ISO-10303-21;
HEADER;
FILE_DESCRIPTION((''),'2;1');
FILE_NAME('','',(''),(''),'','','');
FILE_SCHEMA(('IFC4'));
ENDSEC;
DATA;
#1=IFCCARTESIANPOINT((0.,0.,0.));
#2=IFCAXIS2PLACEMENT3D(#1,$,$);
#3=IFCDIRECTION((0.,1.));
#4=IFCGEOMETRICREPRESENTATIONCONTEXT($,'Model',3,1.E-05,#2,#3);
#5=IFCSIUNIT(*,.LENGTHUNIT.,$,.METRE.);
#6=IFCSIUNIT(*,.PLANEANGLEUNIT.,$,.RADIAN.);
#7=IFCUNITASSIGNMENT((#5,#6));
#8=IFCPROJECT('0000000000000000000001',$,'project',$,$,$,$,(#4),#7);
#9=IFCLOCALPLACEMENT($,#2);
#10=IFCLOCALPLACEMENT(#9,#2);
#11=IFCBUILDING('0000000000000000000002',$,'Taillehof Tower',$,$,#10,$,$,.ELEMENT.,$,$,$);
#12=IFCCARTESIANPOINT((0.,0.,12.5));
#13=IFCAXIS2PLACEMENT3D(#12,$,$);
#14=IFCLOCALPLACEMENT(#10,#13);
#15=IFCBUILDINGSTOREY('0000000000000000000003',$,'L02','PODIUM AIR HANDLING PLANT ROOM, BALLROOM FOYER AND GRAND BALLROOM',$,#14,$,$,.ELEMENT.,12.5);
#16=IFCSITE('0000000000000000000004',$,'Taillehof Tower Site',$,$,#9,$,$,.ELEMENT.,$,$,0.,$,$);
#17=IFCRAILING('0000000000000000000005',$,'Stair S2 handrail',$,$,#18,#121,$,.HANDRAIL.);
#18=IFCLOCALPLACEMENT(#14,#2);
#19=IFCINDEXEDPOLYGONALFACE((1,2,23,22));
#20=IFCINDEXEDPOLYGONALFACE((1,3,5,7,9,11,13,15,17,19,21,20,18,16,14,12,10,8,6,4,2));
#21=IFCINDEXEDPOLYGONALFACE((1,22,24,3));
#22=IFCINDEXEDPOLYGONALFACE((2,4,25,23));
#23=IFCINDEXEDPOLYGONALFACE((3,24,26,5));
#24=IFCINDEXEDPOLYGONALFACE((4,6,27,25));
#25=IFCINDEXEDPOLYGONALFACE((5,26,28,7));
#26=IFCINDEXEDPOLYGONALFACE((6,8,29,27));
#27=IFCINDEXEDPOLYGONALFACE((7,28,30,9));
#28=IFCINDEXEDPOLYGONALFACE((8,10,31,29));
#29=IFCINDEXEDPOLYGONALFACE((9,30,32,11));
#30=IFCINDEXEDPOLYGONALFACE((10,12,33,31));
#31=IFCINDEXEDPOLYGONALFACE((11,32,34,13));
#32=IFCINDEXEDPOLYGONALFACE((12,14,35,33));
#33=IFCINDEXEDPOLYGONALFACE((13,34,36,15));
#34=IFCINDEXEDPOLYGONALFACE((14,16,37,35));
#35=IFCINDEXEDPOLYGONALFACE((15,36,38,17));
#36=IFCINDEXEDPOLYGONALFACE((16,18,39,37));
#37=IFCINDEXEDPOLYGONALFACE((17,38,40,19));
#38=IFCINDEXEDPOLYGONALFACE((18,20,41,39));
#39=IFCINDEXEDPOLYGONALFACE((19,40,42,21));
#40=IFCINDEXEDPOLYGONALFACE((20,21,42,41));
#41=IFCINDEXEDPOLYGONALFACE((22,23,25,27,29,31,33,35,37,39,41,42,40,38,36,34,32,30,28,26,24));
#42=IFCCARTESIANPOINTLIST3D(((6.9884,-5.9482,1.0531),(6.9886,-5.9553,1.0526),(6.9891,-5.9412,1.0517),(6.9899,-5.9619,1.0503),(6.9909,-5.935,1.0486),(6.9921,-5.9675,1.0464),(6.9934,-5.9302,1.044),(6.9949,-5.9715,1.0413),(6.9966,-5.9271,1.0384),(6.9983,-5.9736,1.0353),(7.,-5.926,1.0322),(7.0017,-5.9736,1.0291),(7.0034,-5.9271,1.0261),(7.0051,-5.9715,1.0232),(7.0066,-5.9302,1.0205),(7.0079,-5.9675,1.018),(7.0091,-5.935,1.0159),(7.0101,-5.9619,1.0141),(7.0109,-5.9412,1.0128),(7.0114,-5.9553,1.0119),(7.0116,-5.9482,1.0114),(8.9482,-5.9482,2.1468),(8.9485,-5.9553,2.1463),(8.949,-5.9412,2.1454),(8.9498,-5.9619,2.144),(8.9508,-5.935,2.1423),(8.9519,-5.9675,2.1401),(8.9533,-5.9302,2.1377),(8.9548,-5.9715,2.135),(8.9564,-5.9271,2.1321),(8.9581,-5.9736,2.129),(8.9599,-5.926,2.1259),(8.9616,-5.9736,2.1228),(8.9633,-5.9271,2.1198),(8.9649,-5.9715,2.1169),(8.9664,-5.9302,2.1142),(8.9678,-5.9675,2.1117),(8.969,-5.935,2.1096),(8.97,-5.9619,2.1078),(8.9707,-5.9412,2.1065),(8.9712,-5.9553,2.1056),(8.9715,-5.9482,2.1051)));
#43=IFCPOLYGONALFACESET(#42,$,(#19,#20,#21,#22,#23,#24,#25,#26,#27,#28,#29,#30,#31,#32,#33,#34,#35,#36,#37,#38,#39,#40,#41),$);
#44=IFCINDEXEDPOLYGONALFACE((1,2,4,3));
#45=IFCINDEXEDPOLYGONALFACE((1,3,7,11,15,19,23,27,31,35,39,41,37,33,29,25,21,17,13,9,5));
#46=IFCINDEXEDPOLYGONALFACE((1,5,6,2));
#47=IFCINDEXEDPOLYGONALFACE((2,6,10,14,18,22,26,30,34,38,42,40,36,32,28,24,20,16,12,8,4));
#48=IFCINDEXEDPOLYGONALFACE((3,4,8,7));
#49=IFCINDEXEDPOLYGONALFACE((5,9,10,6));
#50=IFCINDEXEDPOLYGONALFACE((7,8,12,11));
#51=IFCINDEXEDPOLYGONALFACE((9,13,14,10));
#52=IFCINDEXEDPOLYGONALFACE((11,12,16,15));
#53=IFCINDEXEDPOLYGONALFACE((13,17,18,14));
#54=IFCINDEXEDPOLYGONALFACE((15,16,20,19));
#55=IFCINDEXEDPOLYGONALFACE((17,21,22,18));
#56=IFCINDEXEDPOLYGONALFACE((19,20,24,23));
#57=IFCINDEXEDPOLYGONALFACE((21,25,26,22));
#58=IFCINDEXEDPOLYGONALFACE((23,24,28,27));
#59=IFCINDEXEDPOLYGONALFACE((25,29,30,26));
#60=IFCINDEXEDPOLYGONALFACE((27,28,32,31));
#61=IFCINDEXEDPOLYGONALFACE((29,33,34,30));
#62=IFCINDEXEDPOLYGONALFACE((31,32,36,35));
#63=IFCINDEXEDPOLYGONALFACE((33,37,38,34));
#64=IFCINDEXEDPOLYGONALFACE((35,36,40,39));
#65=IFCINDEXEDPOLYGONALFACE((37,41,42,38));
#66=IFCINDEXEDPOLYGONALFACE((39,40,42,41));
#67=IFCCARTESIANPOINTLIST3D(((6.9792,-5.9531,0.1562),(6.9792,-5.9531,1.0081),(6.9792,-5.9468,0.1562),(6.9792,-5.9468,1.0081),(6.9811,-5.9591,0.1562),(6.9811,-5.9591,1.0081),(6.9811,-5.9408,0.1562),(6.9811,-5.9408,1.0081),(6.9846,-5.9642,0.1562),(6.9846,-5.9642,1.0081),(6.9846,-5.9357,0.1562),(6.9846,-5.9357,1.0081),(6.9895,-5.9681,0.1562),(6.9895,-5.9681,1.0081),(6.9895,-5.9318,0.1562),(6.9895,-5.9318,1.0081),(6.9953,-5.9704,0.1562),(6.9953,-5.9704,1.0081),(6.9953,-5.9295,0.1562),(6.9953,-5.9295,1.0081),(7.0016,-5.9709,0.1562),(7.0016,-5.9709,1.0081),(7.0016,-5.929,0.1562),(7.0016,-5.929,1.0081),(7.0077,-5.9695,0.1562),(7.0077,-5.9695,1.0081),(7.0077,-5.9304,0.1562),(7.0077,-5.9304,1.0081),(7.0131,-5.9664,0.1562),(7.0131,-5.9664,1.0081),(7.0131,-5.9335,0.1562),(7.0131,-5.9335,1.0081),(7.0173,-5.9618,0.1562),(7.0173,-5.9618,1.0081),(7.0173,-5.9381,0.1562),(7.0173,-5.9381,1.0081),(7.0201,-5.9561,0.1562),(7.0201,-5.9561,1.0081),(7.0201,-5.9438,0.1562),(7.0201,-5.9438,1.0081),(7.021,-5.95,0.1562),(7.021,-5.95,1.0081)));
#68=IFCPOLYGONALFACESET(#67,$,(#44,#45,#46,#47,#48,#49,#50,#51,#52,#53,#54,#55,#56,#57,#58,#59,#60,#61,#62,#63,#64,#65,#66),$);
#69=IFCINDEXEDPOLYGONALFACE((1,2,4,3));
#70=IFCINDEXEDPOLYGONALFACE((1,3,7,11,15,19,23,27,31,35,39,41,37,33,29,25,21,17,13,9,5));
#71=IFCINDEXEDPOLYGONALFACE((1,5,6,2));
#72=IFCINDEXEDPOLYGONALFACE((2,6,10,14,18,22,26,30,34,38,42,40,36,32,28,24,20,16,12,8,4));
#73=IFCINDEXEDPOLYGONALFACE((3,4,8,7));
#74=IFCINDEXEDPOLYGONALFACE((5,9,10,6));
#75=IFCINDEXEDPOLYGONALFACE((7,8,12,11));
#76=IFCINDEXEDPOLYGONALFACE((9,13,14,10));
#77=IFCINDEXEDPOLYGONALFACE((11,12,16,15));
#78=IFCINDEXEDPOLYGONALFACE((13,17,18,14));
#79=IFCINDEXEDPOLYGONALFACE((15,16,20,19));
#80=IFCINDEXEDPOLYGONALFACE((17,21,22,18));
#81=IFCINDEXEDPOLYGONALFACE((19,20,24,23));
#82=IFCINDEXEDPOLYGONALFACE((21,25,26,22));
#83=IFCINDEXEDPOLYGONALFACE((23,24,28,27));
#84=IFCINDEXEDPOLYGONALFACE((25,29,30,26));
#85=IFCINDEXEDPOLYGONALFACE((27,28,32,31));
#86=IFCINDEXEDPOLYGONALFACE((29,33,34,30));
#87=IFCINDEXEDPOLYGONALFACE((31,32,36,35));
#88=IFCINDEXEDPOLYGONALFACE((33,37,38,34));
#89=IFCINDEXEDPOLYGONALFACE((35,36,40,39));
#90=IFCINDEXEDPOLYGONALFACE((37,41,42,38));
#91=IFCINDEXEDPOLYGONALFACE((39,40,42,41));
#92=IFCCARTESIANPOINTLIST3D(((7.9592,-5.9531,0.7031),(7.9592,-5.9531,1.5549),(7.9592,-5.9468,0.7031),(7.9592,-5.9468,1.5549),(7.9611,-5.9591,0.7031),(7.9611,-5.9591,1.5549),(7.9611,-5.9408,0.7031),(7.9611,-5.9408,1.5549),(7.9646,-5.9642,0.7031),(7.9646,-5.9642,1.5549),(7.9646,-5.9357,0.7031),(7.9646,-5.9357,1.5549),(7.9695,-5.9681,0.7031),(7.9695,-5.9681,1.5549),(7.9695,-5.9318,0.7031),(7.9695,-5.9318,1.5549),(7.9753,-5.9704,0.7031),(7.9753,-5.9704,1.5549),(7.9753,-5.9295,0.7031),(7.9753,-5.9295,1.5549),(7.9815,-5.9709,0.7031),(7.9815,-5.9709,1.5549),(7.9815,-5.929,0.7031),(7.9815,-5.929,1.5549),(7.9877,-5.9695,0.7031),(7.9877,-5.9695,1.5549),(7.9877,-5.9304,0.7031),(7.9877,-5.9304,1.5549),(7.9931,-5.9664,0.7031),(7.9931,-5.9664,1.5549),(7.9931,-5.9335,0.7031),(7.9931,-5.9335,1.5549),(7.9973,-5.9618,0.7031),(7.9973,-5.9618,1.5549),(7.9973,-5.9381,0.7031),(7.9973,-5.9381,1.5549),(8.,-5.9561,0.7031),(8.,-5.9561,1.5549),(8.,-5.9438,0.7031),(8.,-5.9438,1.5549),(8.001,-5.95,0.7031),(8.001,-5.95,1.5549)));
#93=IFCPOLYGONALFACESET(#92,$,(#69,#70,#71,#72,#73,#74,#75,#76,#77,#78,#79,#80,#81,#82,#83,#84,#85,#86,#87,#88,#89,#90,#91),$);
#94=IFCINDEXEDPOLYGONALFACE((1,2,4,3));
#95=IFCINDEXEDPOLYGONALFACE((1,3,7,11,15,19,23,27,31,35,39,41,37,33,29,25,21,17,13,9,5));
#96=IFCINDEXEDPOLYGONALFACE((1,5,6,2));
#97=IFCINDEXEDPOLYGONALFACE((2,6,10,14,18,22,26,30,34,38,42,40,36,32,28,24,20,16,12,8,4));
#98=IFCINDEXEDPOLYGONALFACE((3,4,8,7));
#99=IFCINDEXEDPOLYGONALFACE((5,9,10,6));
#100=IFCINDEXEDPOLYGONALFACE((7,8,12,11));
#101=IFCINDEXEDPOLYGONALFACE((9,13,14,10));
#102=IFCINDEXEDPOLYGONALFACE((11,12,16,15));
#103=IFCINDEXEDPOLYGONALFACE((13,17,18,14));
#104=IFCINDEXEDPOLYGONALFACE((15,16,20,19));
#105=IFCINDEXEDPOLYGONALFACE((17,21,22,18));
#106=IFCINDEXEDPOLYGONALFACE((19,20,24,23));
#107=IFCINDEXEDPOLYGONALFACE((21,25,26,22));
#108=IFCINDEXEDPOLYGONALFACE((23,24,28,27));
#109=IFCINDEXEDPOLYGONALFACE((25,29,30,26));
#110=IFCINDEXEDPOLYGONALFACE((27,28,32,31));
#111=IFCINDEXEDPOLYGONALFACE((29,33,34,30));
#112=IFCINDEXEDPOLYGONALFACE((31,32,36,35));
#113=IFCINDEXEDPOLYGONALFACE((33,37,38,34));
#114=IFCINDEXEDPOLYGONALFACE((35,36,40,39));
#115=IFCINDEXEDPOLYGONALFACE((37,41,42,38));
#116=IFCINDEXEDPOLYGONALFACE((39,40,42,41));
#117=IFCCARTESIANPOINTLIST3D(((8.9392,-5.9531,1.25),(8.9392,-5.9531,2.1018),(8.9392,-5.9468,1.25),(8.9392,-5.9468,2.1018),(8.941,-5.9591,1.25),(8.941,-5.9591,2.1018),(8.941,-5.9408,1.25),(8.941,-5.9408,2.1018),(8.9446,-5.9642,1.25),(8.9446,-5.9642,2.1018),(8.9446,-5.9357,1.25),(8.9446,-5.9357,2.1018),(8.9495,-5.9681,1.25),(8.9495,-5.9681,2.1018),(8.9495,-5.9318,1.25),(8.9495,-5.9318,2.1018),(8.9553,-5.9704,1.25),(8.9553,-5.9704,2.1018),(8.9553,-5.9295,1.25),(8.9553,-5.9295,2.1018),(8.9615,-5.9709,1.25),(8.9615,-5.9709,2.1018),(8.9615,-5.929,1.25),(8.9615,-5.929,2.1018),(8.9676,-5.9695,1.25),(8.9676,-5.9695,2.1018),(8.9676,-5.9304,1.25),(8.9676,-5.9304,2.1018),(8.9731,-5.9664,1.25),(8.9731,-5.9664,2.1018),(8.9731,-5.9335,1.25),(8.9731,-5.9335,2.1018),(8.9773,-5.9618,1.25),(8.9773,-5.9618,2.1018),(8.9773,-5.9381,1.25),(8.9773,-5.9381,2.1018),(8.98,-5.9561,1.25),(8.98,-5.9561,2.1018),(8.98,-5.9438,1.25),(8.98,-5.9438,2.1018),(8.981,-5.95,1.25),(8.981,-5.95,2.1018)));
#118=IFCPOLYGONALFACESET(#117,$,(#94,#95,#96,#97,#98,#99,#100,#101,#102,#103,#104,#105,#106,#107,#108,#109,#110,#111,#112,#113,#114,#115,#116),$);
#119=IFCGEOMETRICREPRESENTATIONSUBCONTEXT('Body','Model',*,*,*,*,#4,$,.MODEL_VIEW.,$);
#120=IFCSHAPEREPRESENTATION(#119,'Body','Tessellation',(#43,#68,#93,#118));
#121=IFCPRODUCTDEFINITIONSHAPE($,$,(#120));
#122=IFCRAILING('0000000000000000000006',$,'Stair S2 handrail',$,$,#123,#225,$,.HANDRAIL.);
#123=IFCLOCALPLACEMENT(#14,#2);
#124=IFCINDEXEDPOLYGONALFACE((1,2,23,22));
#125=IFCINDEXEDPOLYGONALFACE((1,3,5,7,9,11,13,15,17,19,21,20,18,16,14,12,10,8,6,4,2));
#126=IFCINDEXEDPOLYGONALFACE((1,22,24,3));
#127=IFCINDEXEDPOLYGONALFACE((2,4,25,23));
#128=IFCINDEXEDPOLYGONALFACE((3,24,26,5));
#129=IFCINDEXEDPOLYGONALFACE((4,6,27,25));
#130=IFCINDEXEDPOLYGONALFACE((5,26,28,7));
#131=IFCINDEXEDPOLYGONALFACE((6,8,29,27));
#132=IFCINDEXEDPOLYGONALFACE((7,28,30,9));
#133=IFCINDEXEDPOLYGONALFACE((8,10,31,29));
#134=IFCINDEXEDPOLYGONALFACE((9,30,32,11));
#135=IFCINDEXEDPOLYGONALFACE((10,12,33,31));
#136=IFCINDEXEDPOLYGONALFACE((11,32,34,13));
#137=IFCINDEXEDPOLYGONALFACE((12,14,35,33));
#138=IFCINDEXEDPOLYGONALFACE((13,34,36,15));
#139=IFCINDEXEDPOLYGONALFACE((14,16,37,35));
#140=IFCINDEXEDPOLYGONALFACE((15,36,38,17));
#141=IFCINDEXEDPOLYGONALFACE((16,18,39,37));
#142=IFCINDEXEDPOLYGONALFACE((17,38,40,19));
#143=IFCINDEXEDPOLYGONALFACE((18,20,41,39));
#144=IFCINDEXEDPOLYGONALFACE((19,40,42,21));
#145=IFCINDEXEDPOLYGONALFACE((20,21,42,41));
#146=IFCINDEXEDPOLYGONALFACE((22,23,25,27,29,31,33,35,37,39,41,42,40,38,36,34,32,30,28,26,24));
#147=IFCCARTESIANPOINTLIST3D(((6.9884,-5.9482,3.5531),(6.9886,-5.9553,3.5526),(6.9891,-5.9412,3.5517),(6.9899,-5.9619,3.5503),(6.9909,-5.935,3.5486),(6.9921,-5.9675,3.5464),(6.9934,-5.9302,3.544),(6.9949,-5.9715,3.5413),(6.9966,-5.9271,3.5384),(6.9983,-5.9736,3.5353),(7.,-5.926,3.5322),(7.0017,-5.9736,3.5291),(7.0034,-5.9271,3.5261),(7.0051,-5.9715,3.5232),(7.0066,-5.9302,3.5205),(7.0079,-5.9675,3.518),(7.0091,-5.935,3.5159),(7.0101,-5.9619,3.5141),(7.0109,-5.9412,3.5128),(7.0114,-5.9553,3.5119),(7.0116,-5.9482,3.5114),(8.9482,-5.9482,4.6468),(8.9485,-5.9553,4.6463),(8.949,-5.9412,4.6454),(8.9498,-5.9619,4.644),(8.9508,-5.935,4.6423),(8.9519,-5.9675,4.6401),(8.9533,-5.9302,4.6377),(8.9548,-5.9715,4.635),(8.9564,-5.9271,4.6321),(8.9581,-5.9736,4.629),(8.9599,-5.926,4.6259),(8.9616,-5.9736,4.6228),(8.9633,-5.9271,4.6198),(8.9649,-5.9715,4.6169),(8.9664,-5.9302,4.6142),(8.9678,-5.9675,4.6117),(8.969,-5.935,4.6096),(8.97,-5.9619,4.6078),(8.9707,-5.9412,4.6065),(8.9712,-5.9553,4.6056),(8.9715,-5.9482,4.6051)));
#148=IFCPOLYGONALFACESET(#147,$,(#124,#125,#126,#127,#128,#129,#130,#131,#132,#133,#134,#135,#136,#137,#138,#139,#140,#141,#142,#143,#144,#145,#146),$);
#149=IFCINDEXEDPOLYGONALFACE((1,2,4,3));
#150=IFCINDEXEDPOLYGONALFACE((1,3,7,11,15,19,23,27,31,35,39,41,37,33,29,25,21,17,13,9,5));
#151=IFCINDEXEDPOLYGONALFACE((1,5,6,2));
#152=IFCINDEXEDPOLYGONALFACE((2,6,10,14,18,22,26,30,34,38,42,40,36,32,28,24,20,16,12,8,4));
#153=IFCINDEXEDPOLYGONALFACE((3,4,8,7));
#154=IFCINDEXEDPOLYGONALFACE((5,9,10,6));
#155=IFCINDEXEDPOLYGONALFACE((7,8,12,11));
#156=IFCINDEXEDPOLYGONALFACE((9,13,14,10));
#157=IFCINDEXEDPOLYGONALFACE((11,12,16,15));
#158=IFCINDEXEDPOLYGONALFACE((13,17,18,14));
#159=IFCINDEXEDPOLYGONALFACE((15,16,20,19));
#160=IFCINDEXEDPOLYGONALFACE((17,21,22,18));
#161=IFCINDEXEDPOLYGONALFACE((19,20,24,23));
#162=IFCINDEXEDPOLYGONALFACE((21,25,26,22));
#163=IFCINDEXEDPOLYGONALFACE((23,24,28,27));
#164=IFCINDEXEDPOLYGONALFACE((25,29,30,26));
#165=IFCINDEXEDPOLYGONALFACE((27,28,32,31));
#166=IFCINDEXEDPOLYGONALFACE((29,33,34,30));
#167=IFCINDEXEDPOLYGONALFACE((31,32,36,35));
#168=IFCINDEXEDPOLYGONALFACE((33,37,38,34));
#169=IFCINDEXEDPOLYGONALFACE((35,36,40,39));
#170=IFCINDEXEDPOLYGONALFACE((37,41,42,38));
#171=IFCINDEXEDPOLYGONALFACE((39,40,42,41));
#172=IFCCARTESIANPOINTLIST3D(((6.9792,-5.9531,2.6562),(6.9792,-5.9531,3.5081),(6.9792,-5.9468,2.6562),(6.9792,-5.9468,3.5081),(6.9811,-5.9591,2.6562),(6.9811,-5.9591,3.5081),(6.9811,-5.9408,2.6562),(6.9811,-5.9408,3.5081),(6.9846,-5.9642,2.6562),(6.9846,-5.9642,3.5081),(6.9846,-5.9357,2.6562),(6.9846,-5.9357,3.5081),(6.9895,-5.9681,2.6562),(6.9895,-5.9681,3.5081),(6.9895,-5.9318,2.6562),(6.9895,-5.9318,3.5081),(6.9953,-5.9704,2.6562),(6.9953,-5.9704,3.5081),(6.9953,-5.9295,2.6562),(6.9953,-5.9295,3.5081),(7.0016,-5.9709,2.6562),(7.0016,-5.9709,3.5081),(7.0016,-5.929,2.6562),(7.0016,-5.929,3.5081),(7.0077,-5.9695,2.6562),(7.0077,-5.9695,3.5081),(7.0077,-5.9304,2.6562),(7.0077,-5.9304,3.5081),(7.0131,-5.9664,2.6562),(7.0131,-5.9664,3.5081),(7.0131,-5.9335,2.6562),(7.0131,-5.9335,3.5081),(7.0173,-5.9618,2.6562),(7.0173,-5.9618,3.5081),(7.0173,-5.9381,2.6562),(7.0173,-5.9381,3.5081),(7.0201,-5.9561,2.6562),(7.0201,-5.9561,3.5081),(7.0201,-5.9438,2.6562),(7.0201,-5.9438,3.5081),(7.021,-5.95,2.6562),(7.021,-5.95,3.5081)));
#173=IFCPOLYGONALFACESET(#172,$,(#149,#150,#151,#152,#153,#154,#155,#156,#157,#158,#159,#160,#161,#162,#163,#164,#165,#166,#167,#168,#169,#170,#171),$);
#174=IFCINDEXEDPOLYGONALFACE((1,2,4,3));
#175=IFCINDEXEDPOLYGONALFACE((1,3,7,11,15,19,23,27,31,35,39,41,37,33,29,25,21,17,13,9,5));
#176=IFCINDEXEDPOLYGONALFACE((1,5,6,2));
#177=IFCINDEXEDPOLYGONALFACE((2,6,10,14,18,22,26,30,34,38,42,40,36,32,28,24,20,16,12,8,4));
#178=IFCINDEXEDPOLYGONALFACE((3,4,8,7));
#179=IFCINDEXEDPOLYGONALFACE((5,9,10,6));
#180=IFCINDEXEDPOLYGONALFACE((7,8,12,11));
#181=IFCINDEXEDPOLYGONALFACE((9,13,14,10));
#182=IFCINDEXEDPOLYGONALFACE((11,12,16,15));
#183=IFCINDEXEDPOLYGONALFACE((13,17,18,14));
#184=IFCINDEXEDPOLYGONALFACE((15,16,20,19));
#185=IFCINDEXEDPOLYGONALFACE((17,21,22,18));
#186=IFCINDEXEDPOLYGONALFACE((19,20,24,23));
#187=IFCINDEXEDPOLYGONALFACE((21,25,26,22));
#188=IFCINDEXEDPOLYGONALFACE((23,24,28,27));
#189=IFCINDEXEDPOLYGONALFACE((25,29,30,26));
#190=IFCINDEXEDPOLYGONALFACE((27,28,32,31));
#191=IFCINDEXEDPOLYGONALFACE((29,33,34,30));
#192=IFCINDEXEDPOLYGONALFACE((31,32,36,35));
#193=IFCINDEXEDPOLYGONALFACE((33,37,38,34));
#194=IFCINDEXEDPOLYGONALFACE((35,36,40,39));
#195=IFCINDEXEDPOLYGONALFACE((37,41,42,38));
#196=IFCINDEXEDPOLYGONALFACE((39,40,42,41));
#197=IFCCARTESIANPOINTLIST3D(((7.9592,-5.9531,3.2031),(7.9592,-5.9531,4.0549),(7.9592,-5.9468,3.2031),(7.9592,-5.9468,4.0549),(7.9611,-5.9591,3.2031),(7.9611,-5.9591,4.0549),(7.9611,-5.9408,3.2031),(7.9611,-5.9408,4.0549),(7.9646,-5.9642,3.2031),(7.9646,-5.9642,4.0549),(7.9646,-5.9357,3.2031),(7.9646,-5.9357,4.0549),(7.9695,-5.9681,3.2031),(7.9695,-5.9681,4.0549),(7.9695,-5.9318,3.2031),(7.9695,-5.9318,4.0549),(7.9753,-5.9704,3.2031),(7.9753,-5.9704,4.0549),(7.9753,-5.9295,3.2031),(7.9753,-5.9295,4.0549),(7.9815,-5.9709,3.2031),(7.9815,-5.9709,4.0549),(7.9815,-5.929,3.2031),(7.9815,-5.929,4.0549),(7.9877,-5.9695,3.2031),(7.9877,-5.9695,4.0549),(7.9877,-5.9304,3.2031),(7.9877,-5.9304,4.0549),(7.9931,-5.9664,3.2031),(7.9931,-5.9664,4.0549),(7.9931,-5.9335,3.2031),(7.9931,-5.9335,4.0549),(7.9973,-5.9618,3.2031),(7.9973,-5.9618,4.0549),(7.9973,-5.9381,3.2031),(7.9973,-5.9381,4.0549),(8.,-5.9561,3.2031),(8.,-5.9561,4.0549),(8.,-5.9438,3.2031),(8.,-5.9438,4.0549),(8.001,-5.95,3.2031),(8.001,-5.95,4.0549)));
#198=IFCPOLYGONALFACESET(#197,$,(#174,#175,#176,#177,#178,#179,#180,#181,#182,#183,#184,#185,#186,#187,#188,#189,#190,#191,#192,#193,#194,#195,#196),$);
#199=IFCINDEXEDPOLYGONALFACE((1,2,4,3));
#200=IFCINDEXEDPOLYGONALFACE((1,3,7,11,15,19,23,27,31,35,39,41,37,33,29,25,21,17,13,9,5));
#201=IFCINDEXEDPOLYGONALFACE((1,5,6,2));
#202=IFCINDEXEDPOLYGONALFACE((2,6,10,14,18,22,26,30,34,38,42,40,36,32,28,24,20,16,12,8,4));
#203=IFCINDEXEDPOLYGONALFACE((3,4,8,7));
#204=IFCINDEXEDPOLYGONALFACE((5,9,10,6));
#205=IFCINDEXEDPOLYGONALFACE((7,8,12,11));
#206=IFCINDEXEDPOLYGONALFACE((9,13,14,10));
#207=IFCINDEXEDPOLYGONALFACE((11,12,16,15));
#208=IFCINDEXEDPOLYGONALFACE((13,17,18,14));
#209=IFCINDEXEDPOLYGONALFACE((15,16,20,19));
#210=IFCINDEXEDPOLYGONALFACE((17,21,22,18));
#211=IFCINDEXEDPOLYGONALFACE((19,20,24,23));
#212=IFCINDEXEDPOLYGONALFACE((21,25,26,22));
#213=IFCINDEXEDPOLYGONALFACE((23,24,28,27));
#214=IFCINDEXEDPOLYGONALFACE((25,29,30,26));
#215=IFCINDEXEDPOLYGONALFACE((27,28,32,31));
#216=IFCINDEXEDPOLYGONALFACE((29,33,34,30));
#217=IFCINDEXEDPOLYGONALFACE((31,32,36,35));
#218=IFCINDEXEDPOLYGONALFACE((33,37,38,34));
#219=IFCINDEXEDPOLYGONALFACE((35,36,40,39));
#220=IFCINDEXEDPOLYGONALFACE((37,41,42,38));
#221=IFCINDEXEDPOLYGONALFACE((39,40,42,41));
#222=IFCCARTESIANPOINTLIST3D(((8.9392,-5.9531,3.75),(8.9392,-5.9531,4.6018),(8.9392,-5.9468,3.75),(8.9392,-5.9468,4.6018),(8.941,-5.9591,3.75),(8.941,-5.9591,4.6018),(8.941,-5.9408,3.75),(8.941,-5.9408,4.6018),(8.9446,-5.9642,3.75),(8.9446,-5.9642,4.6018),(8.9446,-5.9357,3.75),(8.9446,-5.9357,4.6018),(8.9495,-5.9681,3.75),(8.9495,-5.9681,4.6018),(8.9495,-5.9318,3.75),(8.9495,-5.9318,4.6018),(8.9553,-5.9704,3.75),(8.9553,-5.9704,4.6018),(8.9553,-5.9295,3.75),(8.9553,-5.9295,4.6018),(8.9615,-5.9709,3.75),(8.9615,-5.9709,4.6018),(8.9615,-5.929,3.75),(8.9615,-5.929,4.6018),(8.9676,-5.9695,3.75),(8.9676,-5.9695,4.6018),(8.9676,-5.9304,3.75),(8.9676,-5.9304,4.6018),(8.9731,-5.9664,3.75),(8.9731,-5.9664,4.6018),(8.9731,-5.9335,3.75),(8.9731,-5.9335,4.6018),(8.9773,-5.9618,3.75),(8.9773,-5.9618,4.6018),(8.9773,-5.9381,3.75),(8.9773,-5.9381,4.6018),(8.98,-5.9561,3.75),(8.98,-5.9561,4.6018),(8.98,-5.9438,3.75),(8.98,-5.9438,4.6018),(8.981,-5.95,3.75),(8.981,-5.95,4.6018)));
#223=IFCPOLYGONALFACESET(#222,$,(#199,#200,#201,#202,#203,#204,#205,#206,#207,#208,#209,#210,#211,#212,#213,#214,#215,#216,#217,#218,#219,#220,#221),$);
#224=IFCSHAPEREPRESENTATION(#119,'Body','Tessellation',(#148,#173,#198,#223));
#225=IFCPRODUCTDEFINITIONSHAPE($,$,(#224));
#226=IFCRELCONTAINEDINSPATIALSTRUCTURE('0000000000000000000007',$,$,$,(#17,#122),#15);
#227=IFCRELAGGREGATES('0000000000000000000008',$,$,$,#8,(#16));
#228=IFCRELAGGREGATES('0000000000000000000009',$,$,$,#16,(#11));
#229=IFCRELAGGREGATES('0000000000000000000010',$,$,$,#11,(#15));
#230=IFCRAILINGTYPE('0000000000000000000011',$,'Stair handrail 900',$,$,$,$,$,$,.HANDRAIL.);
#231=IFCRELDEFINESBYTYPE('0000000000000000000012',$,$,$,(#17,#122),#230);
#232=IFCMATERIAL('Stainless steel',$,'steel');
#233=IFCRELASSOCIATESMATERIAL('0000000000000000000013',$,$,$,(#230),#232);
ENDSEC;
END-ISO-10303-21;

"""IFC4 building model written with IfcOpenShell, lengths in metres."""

from ifc_helpers import new_model, si_unit, direction, frame, origin, origin_2d, place, context, subcontext, project, spatial, circle, extrude, material, type_object, element, save


model = new_model("IFC4")

# Units and contexts
model_context = context("Model", 3, precision=1e-05, world=origin(), true_north=direction((0.0, 1.0)))
body_context = subcontext(model_context, "Body", "Model", "MODEL_VIEW")
ifc_project = project(units=[si_unit("LENGTHUNIT", "METRE"), si_unit("PLANEANGLEUNIT", "RADIAN")], contexts=[model_context])

# Site, building, storey
site_placement = place(None, origin())
site = spatial("IfcSite", under=ifc_project, at=site_placement, Name="Taillehof Tower Site", CompositionType="ELEMENT", RefElevation=0.0)
building_placement = place(site_placement, origin())
building = spatial("IfcBuilding", under=site, at=building_placement, Name="Taillehof Tower", CompositionType="ELEMENT")
storey_placement = place(building_placement, frame((0.0, 0.0, 12.5)))
storey = spatial("IfcBuildingStorey", under=building, at=storey_placement, Name="L02", Description="PODIUM AIR HANDLING PLANT ROOM, BALLROOM FOYER AND GRAND BALLROOM", CompositionType="ELEMENT", Elevation=12.5)

# Railings
ifc_material_1 = material(Name="Stainless steel", Category="steel")
railing_type = type_object("IfcRailingType", Name="Stair handrail 900", PredefinedType="HANDRAIL", material=ifc_material_1)
for number, where, name in (
    (1, (7.0, -5.95, 0.1562), "Stair S2 handrail"),
    (2, (7.0, -5.95, 2.6562), "Stair S2 handrail"),
):
    element("IfcRailing", number, at=place(storey_placement, frame(where)), inside=storey, type_object=railing_type, Name=name, PredefinedType="HANDRAIL", context=body_context, shape_type="SweptSolid", body=[
        extrude(circle(Radius=0.0239, at=origin_2d()), frame((0.0, 0.0, 0.876), z_axis=(0.873232, 0.0, 0.487304), x_axis=(0.0, 1.0, 0.0)), (0.0, 0.0, 1.0), 2.2444),
        extrude(circle(Radius=0.021, at=origin_2d()), origin(), (0.0, 0.0, 1.0), 0.8518),
        extrude(circle(Radius=0.021, at=origin_2d()), frame((0.98, 0.0, 0.5469)), (0.0, 0.0, 1.0), 0.8518),
        extrude(circle(Radius=0.021, at=origin_2d()), frame((1.96, 0.0, 1.0938)), (0.0, 0.0, 1.0), 0.8518),
    ])

save(model, "model.ifc")
